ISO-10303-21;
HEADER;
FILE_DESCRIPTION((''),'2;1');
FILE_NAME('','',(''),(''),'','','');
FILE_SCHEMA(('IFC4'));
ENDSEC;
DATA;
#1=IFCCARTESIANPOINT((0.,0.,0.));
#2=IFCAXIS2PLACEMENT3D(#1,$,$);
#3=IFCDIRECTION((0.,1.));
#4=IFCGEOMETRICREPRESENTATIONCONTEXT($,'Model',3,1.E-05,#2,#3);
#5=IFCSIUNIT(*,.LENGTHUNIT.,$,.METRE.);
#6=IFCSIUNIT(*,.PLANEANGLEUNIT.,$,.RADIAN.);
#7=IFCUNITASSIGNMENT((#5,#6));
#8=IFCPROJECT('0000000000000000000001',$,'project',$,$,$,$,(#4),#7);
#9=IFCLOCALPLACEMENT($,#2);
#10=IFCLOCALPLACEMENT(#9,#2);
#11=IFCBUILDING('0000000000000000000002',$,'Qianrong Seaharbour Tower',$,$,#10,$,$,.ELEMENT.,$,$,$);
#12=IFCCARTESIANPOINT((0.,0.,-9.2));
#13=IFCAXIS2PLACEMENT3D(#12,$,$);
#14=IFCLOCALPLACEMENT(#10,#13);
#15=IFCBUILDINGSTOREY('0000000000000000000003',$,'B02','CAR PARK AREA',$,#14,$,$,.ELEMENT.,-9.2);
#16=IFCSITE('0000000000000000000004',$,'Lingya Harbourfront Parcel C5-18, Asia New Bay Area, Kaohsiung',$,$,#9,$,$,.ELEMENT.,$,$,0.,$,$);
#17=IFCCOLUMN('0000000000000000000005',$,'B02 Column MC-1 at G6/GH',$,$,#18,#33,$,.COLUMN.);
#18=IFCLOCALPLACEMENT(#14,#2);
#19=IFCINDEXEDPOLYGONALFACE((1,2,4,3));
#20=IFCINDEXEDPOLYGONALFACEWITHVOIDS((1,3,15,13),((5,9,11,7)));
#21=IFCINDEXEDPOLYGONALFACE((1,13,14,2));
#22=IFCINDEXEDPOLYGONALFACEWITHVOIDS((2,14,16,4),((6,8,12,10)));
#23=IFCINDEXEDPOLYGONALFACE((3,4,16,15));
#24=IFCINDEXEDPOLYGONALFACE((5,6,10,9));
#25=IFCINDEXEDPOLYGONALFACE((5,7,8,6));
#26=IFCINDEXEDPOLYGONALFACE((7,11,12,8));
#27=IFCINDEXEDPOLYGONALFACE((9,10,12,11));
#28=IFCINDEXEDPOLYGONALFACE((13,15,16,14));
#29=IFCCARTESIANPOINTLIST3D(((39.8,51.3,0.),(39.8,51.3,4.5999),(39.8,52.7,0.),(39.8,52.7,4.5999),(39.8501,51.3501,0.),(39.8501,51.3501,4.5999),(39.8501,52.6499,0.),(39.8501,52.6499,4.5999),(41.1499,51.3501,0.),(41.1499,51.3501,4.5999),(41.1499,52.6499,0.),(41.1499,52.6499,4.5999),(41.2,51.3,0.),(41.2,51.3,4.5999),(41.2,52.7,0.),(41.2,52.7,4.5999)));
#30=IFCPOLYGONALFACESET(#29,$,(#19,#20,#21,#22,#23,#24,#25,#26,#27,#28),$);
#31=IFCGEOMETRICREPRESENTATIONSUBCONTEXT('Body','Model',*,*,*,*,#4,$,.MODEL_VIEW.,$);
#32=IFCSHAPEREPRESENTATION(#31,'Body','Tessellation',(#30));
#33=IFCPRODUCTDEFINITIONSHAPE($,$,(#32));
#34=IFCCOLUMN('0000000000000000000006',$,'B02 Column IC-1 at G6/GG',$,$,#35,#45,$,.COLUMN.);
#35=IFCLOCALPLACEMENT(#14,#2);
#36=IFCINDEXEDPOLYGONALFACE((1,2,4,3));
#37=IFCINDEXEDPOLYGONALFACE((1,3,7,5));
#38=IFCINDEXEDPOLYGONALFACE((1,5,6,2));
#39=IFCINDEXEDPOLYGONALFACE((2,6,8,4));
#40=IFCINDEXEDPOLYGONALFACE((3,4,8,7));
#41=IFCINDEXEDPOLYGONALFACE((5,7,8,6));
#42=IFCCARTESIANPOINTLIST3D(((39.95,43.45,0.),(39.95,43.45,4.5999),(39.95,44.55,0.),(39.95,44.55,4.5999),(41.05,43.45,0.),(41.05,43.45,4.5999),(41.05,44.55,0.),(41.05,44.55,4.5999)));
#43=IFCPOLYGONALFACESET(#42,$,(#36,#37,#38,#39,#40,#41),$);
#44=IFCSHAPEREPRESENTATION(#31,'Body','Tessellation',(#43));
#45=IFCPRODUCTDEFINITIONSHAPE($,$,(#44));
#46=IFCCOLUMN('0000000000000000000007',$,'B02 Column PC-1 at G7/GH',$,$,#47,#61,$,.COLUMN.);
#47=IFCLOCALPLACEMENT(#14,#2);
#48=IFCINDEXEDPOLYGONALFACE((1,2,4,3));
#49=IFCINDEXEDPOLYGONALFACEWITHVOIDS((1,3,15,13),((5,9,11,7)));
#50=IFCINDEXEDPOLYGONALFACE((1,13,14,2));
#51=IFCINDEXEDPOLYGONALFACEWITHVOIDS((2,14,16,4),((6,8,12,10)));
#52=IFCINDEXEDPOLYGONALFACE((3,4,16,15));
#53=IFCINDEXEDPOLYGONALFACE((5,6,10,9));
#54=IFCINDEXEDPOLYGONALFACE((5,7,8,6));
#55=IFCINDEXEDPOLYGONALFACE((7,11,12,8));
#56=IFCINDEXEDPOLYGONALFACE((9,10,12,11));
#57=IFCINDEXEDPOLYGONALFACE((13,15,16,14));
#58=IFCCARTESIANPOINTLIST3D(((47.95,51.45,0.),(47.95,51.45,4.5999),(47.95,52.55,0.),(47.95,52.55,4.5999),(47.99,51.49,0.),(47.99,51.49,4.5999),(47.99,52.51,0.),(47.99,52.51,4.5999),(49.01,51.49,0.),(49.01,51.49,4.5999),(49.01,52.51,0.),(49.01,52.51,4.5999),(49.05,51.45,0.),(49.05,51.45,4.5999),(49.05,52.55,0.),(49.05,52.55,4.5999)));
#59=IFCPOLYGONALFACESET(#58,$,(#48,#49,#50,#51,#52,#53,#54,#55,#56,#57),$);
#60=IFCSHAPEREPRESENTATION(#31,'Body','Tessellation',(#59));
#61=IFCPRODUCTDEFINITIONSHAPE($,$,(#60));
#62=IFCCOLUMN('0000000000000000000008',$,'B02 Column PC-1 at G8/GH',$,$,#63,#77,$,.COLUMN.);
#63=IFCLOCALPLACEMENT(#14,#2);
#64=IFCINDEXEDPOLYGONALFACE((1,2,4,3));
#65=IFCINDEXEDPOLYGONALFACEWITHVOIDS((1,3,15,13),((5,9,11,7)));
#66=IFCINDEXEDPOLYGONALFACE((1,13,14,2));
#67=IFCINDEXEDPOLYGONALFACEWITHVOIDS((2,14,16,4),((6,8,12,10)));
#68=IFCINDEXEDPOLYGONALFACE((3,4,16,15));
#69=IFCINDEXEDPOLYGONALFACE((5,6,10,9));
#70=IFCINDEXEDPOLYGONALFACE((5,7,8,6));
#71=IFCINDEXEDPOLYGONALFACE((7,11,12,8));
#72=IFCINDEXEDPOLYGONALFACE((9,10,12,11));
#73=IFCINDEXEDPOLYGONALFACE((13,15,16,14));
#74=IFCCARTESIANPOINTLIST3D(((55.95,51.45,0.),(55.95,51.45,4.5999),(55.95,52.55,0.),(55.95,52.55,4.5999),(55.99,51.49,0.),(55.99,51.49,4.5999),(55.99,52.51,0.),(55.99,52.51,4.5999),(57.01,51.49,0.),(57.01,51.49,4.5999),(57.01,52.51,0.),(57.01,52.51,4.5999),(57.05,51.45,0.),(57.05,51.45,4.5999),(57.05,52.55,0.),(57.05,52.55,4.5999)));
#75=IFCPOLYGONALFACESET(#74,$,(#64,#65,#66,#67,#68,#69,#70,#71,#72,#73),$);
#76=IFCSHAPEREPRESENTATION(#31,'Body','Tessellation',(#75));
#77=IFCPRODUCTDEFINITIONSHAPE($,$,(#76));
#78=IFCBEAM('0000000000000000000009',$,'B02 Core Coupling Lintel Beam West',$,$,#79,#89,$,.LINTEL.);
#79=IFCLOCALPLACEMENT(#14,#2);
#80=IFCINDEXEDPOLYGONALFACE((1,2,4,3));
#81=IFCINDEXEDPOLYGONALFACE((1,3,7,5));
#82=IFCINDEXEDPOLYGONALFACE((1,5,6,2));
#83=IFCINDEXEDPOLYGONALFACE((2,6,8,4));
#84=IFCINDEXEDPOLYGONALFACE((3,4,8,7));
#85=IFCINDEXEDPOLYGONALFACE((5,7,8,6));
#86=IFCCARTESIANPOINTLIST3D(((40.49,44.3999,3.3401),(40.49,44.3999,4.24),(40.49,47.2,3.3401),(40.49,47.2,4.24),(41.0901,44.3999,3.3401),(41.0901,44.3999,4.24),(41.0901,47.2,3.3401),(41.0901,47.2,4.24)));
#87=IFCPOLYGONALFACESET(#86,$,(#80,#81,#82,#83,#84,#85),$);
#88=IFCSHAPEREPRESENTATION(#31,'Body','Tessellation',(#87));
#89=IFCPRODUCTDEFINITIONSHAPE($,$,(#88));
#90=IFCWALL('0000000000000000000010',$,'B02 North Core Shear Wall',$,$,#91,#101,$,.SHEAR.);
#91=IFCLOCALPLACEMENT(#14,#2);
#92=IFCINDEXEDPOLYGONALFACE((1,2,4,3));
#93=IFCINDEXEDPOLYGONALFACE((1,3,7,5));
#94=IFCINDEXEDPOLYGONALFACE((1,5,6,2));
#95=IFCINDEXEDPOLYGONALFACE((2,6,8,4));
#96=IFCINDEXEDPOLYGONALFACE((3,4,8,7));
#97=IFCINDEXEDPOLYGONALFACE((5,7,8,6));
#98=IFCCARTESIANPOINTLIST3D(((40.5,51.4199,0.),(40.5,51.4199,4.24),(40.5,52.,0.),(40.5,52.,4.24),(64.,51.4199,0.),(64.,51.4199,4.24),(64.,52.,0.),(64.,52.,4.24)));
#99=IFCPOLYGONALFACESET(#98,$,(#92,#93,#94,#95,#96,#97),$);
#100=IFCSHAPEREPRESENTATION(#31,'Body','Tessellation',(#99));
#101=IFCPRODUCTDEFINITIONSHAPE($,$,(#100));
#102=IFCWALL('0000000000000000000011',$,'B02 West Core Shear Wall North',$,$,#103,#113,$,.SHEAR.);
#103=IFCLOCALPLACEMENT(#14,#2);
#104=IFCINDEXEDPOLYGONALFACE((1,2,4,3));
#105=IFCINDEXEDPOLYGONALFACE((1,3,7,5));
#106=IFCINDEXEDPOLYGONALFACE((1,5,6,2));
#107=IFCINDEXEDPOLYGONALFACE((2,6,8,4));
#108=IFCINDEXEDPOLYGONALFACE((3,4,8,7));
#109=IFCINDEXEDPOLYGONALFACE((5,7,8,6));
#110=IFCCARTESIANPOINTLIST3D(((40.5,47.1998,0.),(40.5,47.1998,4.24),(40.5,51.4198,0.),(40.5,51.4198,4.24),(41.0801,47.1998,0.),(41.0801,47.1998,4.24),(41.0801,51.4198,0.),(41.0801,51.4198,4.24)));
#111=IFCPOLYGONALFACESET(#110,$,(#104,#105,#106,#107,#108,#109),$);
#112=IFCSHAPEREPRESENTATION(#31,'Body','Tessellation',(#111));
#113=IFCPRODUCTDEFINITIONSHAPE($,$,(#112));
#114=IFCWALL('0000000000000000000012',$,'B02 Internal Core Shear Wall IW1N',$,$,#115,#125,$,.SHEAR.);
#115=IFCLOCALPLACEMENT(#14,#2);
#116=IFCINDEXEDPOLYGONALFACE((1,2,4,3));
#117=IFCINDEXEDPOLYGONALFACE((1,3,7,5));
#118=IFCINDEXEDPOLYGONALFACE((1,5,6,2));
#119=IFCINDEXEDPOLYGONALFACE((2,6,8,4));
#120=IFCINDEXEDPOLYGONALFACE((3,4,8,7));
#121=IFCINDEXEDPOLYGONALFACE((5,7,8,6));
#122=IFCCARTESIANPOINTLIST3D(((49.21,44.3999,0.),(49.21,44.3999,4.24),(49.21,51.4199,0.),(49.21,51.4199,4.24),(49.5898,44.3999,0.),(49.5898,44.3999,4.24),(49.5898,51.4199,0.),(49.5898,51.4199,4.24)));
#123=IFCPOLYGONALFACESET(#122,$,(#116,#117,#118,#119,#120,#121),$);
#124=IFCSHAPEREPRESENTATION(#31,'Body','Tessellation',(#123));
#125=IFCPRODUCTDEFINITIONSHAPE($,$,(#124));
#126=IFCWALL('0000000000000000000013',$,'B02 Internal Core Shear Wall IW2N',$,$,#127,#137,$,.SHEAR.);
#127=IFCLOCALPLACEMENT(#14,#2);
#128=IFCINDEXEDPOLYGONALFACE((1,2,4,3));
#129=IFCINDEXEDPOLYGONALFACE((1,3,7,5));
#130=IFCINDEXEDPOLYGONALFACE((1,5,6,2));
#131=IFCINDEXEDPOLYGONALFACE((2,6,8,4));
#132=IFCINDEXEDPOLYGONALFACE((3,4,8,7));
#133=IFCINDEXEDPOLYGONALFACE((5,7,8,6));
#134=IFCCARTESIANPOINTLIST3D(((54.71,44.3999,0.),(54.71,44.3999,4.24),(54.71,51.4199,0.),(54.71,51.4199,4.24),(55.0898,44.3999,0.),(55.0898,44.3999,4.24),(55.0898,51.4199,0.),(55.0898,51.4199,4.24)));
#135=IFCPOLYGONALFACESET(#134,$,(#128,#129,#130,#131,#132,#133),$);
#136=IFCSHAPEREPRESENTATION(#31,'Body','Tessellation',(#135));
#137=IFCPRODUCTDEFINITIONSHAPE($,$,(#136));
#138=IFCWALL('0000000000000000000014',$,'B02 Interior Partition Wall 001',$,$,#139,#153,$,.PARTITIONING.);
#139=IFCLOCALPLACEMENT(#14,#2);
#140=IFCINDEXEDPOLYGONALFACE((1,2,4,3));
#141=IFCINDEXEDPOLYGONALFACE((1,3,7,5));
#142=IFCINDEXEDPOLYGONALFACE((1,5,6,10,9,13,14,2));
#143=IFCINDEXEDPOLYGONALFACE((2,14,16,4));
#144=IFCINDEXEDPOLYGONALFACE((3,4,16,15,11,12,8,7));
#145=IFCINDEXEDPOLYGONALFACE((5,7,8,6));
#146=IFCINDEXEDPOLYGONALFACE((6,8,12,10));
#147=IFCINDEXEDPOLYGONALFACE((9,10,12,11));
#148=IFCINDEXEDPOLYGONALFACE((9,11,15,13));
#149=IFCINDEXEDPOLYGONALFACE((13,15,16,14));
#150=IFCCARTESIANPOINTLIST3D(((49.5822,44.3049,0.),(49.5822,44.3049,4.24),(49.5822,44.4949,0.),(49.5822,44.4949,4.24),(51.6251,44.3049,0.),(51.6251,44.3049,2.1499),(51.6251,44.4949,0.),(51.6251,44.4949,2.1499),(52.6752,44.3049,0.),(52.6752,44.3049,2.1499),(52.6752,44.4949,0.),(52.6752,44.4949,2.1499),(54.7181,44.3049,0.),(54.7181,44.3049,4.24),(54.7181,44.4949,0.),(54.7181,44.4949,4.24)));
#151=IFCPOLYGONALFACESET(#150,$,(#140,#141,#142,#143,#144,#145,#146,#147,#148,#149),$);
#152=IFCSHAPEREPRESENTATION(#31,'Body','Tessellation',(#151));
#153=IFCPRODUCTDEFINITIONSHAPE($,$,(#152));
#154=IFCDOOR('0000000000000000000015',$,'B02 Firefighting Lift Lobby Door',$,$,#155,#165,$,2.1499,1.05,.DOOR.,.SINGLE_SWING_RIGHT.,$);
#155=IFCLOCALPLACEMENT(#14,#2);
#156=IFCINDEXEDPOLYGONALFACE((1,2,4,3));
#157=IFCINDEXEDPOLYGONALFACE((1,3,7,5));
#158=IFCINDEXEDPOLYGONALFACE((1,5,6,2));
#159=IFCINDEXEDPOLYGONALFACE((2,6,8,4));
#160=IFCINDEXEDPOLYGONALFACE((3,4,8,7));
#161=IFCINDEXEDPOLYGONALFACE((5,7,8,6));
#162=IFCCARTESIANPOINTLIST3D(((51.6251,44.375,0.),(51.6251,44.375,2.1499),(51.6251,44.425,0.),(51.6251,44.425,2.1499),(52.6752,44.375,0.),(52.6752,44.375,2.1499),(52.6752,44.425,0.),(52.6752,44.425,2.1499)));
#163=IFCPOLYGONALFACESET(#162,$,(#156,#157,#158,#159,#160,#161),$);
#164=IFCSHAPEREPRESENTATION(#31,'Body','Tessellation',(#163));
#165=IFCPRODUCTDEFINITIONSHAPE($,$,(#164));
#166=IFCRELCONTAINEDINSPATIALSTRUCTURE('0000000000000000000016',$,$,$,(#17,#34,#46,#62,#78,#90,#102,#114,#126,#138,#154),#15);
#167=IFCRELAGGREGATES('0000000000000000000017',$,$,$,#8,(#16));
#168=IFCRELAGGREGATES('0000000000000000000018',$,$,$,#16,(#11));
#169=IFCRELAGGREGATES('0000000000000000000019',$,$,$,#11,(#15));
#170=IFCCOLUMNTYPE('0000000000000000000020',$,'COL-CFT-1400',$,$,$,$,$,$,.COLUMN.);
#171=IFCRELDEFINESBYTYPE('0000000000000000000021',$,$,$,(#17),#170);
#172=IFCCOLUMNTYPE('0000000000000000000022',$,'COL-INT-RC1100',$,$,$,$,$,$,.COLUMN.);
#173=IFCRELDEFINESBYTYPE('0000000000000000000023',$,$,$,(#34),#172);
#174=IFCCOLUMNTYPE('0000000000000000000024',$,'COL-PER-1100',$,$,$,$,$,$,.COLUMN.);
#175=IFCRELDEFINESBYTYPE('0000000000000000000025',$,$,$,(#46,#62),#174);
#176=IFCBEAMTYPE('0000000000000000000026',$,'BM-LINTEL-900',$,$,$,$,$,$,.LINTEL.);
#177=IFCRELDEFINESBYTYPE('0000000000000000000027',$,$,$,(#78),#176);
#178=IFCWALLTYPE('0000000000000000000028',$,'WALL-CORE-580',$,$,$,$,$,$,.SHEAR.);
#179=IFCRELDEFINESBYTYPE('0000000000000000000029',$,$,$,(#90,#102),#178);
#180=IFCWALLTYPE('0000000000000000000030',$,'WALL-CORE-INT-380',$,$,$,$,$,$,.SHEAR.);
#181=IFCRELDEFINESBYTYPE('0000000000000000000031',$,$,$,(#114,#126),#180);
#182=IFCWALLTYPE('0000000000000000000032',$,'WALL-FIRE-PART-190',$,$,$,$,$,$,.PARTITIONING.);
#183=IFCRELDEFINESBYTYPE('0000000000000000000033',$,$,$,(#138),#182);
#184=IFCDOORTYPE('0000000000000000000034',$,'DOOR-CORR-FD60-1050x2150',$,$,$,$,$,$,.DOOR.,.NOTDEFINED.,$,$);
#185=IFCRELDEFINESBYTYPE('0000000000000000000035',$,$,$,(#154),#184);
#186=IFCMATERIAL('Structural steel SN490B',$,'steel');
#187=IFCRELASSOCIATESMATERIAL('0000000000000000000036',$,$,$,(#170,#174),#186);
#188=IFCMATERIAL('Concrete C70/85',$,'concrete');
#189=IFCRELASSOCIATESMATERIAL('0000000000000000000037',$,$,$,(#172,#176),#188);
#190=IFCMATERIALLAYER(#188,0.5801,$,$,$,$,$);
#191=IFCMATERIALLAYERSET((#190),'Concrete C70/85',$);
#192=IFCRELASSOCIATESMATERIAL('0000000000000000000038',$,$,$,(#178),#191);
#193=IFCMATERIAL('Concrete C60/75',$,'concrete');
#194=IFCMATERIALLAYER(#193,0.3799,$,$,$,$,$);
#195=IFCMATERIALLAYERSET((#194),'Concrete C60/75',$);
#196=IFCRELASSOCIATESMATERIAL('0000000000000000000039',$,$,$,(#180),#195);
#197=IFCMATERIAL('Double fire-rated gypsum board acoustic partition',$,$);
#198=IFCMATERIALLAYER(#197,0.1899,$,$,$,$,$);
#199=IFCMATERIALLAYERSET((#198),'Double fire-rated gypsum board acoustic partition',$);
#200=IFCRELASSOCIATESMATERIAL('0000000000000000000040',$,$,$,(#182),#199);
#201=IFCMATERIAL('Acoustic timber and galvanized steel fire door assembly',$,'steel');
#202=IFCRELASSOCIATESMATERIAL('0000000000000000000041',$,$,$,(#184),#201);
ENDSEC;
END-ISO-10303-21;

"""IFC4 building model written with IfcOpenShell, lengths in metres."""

from ifc_helpers import new_model, si_unit, direction, frame, frame_2d, origin, origin_2d, place, context, subcontext, project, spatial, rectangle, hollow_rectangle, extrude, material, layer, layer_set, material_profile, profile_set, type_object, element, fill, save


model = new_model("IFC4")

# Units and contexts
model_context = context("Model", 3, precision=1e-05, world=origin(), true_north=direction((0.0, 1.0)))
body_context = subcontext(model_context, "Body", "Model", "MODEL_VIEW")
ifc_project = project(units=[si_unit("LENGTHUNIT", "METRE"), si_unit("PLANEANGLEUNIT", "RADIAN")], contexts=[model_context])

# Site, building, storey
site_placement = place(None, origin())
site = spatial("IfcSite", under=ifc_project, at=site_placement, Name="Lingya Harbourfront Parcel C5-18, Asia New Bay Area, Kaohsiung", CompositionType="ELEMENT", RefElevation=0.0)
building_placement = place(site_placement, origin())
building = spatial("IfcBuilding", under=site, at=building_placement, Name="Qianrong Seaharbour Tower", CompositionType="ELEMENT")
storey_placement = place(building_placement, frame((0.0, 0.0, -9.2)))
storey = spatial("IfcBuildingStorey", under=building, at=storey_placement, Name="B02", Description="CAR PARK AREA", CompositionType="ELEMENT", Elevation=-9.2)

# Columns
ifc_material_1 = material(Name="Structural steel SN490B", Category="steel")
ifc_material_profile_1 = material_profile(ifc_material_1, hollow_rectangle(XDim=1.3999, YDim=1.3999, WallThickness=0.05, at=origin_2d()), Name="BOX1400x1400x50")
ifc_profile_set_1 = profile_set([ifc_material_profile_1], Name="Structural steel SN490B")
column_type_1 = type_object("IfcColumnType", Name="COL-CFT-1400", PredefinedType="COLUMN", material=ifc_profile_set_1)
column_1_placement = place(storey_placement, frame((40.5, 52.0, 0.0), z_axis=(0.0, 0.0, 1.0), x_axis=(1.0, 0.0, 0.0)))
element("IfcColumn", 1, at=column_1_placement, inside=storey, type_object=column_type_1, Name="B02 Column MC-1 at G6/GH", PredefinedType="COLUMN", context=body_context, shape_type="SweptSolid", body=[
    extrude(hollow_rectangle(XDim=1.3999, YDim=1.3999, WallThickness=0.05, at=origin_2d()), origin(), (0.0, 0.0, 1.0), 4.5999),
])
ifc_material_2 = material(Name="Concrete C70/85", Category="concrete")
ifc_material_profile_2 = material_profile(ifc_material_2, rectangle(XDim=1.1001, YDim=1.1001, at=origin_2d()), Name="RC1100x1100")
ifc_profile_set_2 = profile_set([ifc_material_profile_2], Name="Concrete C70/85")
column_type_2 = type_object("IfcColumnType", Name="COL-INT-RC1100", PredefinedType="COLUMN", material=ifc_profile_set_2)
column_2_placement = place(storey_placement, frame((40.5, 44.0, 0.0), z_axis=(0.0, 0.0, 1.0), x_axis=(1.0, 0.0, 0.0)))
element("IfcColumn", 2, at=column_2_placement, inside=storey, type_object=column_type_2, Name="B02 Column IC-1 at G6/GG", PredefinedType="COLUMN", context=body_context, shape_type="SweptSolid", body=[
    extrude(rectangle(XDim=1.1001, YDim=1.1001, at=origin_2d()), origin(), (0.0, 0.0, 1.0), 4.5999),
])
ifc_material_profile_3 = material_profile(ifc_material_1, hollow_rectangle(XDim=1.1001, YDim=1.1001, WallThickness=0.04, at=origin_2d()), Name="BOX1100x1100x40")
ifc_profile_set_3 = profile_set([ifc_material_profile_3], Name="Structural steel SN490B")
column_type_3 = type_object("IfcColumnType", Name="COL-PER-1100", PredefinedType="COLUMN", material=ifc_profile_set_3)
for number, where, z_axis, x_axis, name in (
    (3, (48.5, 52.0, 0.0), (0.0, 0.0, 1.0), (1.0, 0.0, 0.0), "B02 Column PC-1 at G7/GH"),
    (4, (56.5, 52.0, 0.0), (0.0, 0.0, 1.0), (1.0, 0.0, 0.0), "B02 Column PC-1 at G8/GH"),
):
    element("IfcColumn", number, at=place(storey_placement, frame(where, z_axis=z_axis, x_axis=x_axis)), inside=storey, type_object=column_type_3, Name=name, PredefinedType="COLUMN", context=body_context, shape_type="SweptSolid", body=[
        extrude(hollow_rectangle(XDim=1.1001, YDim=1.1001, WallThickness=0.04, at=origin_2d()), origin(), (0.0, 0.0, 1.0), 4.5999),
    ])

# Beam
ifc_material_profile_4 = material_profile(ifc_material_2, rectangle(XDim=0.6001, YDim=0.8999, at=origin_2d()), Name="RC600x900")
ifc_profile_set_4 = profile_set([ifc_material_profile_4], Name="Concrete C70/85")
beam_type = type_object("IfcBeamType", Name="BM-LINTEL-900", PredefinedType="LINTEL", material=ifc_profile_set_4)
beam_placement = place(storey_placement, frame((40.79, 44.3999, 3.79), z_axis=(0.0, 1.0, 0.0), x_axis=(-1.0, 0.0, 0.0)))
element("IfcBeam", 5, at=beam_placement, inside=storey, type_object=beam_type, Name="B02 Core Coupling Lintel Beam West", PredefinedType="LINTEL", context=body_context, shape_type="SweptSolid", body=[
    extrude(rectangle(XDim=0.6001, YDim=0.8999, at=origin_2d()), origin(), (0.0, 0.0, 1.0), 2.8),
])

# Walls
ifc_layer_1 = layer(ifc_material_2, 0.5801)
ifc_layer_set_1 = layer_set([ifc_layer_1], Name="Concrete C70/85")
wall_type_1 = type_object("IfcWallType", Name="WALL-CORE-580", PredefinedType="SHEAR", material=ifc_layer_set_1)
wall_1_placement = place(storey_placement, frame((40.5, 51.71, 0.0), z_axis=(0.0, 0.0, 1.0), x_axis=(1.0, 0.0, 0.0)))
element("IfcWall", 6, at=wall_1_placement, inside=storey, type_object=wall_type_1, Name="B02 North Core Shear Wall", PredefinedType="SHEAR", context=body_context, shape_type="SweptSolid", body=[
    extrude(rectangle(XDim=23.5, YDim=0.5801, at=frame_2d((11.75, 0.0))), origin(), (0.0, 0.0, 1.0), 4.24),
])
wall_2_placement = place(storey_placement, frame((40.79, 47.2, 0.0), z_axis=(0.0, 0.0, 1.0), x_axis=(0.0, 1.0, 0.0)))
element("IfcWall", 7, at=wall_2_placement, inside=storey, type_object=wall_type_1, Name="B02 West Core Shear Wall North", PredefinedType="SHEAR", context=body_context, shape_type="SweptSolid", body=[
    extrude(rectangle(XDim=4.22, YDim=0.5801, at=frame_2d((2.1099, 0.0))), origin(), (0.0, 0.0, 1.0), 4.24),
])
ifc_material_3 = material(Name="Concrete C60/75", Category="concrete")
ifc_layer_2 = layer(ifc_material_3, 0.3799)
ifc_layer_set_2 = layer_set([ifc_layer_2], Name="Concrete C60/75")
wall_type_2 = type_object("IfcWallType", Name="WALL-CORE-INT-380", PredefinedType="SHEAR", material=ifc_layer_set_2)
for number, where, z_axis, x_axis, name in (
    (8, (49.3999, 44.3999, 0.0), (0.0, 0.0, 1.0), (0.0, 1.0, 0.0), "B02 Internal Core Shear Wall IW1N"),
    (9, (54.8999, 44.3999, 0.0), (0.0, 0.0, 1.0), (0.0, 1.0, 0.0), "B02 Internal Core Shear Wall IW2N"),
):
    element("IfcWall", number, at=place(storey_placement, frame(where, z_axis=z_axis, x_axis=x_axis)), inside=storey, type_object=wall_type_2, Name=name, PredefinedType="SHEAR", context=body_context, shape_type="SweptSolid", body=[
        extrude(rectangle(XDim=7.02, YDim=0.3799, at=frame_2d((3.51, 0.0))), origin(), (0.0, 0.0, 1.0), 4.24),
    ])

# Wall, opening, door
ifc_material_4 = material(Name="Double fire-rated gypsum board acoustic partition")
ifc_layer_3 = layer(ifc_material_4, 0.1899)
ifc_layer_set_3 = layer_set([ifc_layer_3], Name="Double fire-rated gypsum board acoustic partition")
wall_type_3 = type_object("IfcWallType", Name="WALL-FIRE-PART-190", PredefinedType="PARTITIONING", material=ifc_layer_set_3)
wall_3_placement = place(storey_placement, frame((54.718, 44.3999, 0.0), z_axis=(0.0, 0.0, 1.0), x_axis=(-1.0, 0.0, 0.0)))
wall_3 = element("IfcWall", 10, at=wall_3_placement, inside=storey, type_object=wall_type_3, Name="B02 Interior Partition Wall 001", PredefinedType="PARTITIONING", context=body_context, shape_type="SweptSolid", body=[
    extrude(rectangle(XDim=5.136, YDim=0.1899, at=frame_2d((2.5679, 0.0))), origin(), (0.0, 0.0, 1.0), 4.24),
])
opening_1_placement = place(wall_3_placement, frame((2.043, 0.0, 0.0)))
opening_1 = element("IfcOpeningElement", 11, at=opening_1_placement, cuts=wall_3, PredefinedType="OPENING", context=body_context, shape_type="SweptSolid", body=[
    extrude(rectangle(XDim=1.05, YDim=2.1499, at=frame_2d((0.5249, 1.075))), frame((0.0, 0.105, 0.0), z_axis=(0.0, -1.0, 0.0), x_axis=(1.0, 0.0, 0.0)), (0.0, 0.0, 1.0), 0.21),
])
ifc_material_5 = material(Name="Acoustic timber and galvanized steel fire door assembly", Category="steel")
door_type_1 = type_object("IfcDoorType", Name="DOOR-CORR-FD60-1050x2150", OperationType="NOTDEFINED", PredefinedType="DOOR", material=ifc_material_5)
door_1_placement = place(opening_1_placement, origin())
door_1 = element("IfcDoor", 12, at=door_1_placement, inside=storey, type_object=door_type_1, Name="B02 Firefighting Lift Lobby Door", OperationType="SINGLE_SWING_RIGHT", OverallHeight=2.1499, OverallWidth=1.05, PredefinedType="DOOR", context=body_context, shape_type="SweptSolid", body=[
    extrude(rectangle(XDim=1.05, YDim=2.1499, at=frame_2d((0.5249, 1.075))), frame((0.0, 0.0249, 0.0), z_axis=(0.0, -1.0, 0.0), x_axis=(1.0, 0.0, 0.0)), (0.0, 0.0, 1.0), 0.05),
])
fill(opening_1, door_1)

save(model, "model.ifc")
